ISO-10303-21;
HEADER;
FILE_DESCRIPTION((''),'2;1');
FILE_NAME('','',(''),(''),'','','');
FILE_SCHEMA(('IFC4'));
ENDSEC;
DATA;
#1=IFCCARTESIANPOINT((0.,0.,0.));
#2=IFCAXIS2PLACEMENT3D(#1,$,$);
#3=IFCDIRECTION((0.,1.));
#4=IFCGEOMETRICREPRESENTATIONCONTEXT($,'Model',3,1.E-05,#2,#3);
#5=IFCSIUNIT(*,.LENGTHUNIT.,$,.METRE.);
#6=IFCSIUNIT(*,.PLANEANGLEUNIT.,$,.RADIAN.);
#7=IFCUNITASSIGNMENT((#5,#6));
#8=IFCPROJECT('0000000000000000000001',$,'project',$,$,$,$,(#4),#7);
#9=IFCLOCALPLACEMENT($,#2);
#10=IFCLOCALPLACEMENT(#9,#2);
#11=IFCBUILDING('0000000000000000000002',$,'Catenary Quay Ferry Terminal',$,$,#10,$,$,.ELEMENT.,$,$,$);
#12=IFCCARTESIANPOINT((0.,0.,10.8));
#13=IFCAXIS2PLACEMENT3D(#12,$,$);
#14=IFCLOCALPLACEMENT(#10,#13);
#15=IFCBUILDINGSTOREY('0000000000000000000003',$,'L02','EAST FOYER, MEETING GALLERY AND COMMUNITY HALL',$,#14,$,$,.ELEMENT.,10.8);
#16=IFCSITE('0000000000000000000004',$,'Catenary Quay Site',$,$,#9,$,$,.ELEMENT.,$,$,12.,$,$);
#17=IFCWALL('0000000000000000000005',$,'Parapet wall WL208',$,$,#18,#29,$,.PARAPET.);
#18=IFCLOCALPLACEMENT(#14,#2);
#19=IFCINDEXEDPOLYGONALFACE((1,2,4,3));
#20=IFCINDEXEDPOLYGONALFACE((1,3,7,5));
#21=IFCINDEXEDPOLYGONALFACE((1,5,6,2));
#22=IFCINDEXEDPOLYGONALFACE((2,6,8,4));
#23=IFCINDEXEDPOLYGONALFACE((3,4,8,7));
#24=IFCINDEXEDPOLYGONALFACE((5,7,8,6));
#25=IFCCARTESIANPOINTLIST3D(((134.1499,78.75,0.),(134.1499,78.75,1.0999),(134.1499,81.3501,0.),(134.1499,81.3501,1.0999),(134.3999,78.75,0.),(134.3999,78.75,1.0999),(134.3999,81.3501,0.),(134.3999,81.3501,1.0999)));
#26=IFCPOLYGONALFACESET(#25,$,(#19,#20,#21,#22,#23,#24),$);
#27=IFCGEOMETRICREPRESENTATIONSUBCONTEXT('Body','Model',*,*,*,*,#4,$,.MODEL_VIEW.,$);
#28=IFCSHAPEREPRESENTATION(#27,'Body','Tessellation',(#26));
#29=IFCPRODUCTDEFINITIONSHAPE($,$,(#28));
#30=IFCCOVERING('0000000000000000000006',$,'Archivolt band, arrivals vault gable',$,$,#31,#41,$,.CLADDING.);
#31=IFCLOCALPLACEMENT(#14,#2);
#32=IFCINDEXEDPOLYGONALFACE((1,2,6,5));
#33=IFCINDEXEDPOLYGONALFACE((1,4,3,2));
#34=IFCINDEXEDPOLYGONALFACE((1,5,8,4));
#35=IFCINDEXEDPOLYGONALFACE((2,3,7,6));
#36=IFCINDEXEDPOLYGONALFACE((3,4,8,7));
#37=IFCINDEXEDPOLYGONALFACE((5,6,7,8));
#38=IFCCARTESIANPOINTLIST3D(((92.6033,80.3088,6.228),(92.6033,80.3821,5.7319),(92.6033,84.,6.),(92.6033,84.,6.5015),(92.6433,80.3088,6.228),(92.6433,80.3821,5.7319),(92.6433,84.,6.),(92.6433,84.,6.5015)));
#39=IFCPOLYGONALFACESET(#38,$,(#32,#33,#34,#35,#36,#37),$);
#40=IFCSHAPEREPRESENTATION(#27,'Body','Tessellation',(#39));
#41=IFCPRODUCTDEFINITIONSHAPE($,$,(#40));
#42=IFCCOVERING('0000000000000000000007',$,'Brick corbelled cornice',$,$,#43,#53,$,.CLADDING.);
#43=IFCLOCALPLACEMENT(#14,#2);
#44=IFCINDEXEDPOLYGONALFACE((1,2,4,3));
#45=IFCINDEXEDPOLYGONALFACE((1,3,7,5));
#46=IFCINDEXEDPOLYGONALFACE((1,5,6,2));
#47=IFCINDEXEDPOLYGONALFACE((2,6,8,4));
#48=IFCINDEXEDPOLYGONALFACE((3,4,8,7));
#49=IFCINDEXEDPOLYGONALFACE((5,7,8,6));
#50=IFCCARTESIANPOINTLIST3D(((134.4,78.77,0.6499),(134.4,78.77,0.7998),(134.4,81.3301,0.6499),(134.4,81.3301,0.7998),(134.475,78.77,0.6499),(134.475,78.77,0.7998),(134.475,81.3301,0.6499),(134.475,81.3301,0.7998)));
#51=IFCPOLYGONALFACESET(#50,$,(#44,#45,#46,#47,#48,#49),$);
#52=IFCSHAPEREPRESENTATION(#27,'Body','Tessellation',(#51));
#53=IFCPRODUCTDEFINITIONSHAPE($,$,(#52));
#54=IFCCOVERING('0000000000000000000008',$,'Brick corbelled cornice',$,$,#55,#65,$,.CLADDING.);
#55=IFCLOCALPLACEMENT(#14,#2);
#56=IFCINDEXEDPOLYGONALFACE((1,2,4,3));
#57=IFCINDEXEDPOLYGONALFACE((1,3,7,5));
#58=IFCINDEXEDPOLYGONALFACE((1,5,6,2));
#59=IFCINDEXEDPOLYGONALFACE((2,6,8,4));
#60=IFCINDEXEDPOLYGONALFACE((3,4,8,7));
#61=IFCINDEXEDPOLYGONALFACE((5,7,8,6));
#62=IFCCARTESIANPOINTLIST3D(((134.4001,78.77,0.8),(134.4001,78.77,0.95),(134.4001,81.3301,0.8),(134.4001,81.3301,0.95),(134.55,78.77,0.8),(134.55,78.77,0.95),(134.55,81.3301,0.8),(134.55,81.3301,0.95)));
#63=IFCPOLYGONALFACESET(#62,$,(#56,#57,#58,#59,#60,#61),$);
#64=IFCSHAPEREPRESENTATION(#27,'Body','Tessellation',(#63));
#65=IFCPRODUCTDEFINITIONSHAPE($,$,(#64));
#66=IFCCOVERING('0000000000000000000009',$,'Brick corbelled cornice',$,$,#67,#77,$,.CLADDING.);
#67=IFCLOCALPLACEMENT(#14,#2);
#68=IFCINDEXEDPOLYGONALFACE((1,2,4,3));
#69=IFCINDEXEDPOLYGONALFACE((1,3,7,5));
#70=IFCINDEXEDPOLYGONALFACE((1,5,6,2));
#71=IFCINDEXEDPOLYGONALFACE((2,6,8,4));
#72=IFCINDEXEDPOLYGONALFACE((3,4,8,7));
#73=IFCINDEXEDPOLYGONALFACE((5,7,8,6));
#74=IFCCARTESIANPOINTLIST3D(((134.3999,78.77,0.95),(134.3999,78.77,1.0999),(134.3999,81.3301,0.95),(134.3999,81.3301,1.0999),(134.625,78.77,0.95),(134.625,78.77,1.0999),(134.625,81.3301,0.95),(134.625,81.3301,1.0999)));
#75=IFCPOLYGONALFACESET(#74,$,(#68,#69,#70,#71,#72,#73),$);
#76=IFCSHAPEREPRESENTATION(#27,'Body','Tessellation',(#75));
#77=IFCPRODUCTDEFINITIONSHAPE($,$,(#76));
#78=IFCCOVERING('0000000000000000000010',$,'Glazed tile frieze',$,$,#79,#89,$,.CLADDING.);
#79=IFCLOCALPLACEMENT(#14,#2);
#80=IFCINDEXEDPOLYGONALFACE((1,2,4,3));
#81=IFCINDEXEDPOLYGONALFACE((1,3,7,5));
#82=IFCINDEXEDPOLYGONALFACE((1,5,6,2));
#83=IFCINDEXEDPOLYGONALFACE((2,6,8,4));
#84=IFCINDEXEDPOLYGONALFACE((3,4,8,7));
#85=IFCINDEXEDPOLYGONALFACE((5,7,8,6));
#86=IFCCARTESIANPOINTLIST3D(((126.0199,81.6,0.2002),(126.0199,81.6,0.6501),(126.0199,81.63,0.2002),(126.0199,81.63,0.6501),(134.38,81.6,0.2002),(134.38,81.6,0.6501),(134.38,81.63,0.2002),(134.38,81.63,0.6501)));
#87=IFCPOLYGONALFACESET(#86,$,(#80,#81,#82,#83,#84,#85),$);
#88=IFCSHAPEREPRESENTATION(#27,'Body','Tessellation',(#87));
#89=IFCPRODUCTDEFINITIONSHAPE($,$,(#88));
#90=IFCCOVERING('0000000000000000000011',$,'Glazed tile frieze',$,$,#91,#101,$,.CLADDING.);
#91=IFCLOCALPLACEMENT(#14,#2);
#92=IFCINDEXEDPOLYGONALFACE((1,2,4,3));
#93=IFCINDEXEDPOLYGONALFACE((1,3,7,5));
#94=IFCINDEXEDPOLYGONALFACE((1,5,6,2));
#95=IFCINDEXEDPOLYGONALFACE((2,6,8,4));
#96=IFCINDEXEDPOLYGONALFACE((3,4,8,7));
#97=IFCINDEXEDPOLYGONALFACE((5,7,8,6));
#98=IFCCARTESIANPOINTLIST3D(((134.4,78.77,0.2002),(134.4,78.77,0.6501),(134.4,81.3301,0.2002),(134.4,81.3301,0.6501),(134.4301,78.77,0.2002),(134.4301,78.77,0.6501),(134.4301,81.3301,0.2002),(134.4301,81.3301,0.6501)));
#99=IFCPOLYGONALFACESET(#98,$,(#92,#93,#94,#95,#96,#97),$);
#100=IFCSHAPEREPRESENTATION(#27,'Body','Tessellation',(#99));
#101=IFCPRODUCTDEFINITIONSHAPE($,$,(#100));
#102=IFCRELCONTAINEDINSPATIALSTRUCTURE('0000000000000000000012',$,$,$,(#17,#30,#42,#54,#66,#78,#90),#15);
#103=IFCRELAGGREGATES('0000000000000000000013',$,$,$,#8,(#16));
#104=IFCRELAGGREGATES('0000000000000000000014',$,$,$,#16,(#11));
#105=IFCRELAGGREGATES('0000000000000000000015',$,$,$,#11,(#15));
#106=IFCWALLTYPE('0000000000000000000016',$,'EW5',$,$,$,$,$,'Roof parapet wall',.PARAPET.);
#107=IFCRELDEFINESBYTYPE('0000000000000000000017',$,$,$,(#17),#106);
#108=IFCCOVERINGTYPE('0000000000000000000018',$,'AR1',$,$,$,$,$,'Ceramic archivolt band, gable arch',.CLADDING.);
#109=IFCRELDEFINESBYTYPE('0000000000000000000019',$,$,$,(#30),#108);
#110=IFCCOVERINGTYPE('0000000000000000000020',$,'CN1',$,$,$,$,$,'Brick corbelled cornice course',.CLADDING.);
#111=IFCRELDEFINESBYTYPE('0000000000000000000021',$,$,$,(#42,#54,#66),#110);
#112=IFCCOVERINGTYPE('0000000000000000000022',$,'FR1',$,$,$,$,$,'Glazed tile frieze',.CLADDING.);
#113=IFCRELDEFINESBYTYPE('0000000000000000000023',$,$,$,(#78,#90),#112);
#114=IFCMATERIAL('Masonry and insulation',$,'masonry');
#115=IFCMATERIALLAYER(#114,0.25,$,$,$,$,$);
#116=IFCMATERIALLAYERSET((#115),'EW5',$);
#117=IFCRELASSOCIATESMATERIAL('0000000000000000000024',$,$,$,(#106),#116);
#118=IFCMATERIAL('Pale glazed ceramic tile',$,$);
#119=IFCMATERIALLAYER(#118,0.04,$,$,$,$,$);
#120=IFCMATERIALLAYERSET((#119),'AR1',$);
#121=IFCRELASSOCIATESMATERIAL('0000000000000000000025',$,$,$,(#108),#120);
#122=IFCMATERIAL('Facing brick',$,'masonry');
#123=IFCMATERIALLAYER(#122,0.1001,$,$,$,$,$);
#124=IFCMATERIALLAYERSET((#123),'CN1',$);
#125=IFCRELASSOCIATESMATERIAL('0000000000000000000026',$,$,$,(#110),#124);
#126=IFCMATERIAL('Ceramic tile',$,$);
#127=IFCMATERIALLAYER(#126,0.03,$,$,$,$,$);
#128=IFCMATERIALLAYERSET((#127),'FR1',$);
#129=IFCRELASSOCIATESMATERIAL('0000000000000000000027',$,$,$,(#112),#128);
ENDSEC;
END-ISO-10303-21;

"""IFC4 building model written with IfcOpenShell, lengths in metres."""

from ifc_helpers import new_model, si_unit, direction, frame, frame_2d, origin, origin_2d, place, context, subcontext, project, spatial, polyline, rectangle, outline, extrude, material, layer, layer_set, type_object, element, save


model = new_model("IFC4")

# Units and contexts
model_context = context("Model", 3, precision=1e-05, world=origin(), true_north=direction((0.0, 1.0)))
body_context = subcontext(model_context, "Body", "Model", "MODEL_VIEW")
ifc_project = project(units=[si_unit("LENGTHUNIT", "METRE"), si_unit("PLANEANGLEUNIT", "RADIAN")], contexts=[model_context])

# Site, building, storey
site_placement = place(None, origin())
site = spatial("IfcSite", under=ifc_project, at=site_placement, Name="Catenary Quay Site", CompositionType="ELEMENT", RefElevation=12.0)
building_placement = place(site_placement, origin())
building = spatial("IfcBuilding", under=site, at=building_placement, Name="Catenary Quay Ferry Terminal", CompositionType="ELEMENT")
storey_placement = place(building_placement, frame((0.0, 0.0, 10.8)))
storey = spatial("IfcBuildingStorey", under=building, at=storey_placement, Name="L02", Description="EAST FOYER, MEETING GALLERY AND COMMUNITY HALL", CompositionType="ELEMENT", Elevation=10.8)

# Wall
ifc_material_1 = material(Name="Masonry and insulation", Category="masonry")
ifc_layer_1 = layer(ifc_material_1, 0.25)
ifc_layer_set_1 = layer_set([ifc_layer_1], Name="EW5")
wall_type = type_object("IfcWallType", Name="EW5", ElementType="Roof parapet wall", PredefinedType="PARAPET", material=ifc_layer_set_1)
wall_1_placement = place(storey_placement, frame((134.2749, 78.75, 0.0), z_axis=(0.0, 0.0, 1.0), x_axis=(0.0, 1.0, 0.0)))
element("IfcWall", 1, at=wall_1_placement, inside=storey, type_object=wall_type, Name="Parapet wall WL208", PredefinedType="PARAPET", context=body_context, shape_type="SweptSolid", body=[
    extrude(rectangle(XDim=2.6001, YDim=0.25, at=frame_2d((1.3, 0.0))), origin(), (0.0, 0.0, 1.0), 1.0999),
])

# Coverings
ifc_material_2 = material(Name="Pale glazed ceramic tile")
ifc_layer_2 = layer(ifc_material_2, 0.04)
ifc_layer_set_2 = layer_set([ifc_layer_2], Name="AR1")
covering_type_1 = type_object("IfcCoveringType", Name="AR1", ElementType="Ceramic archivolt band, gable arch", PredefinedType="CLADDING", material=ifc_layer_set_2)
covering_1_placement = place(storey_placement, frame((92.6033, 80.3088, 6.228), z_axis=(-1.0, 0.0, 0.0), x_axis=(0.0, 0.997267, 0.073877)))
element("IfcCovering", 2, at=covering_1_placement, inside=storey, type_object=covering_type_1, Name="Archivolt band, arrivals vault gable", PredefinedType="CLADDING", context=body_context, shape_type="SweptSolid", body=[
    extrude(outline(polyline([(0.0, 0.0), (3.7013, 0.0), (3.6642, 0.5001), (0.0364, 0.5001), (0.0, 0.0)])), origin(), (0.0, 0.0, -1.0), 0.04),
])
ifc_material_3 = material(Name="Facing brick", Category="masonry")
ifc_layer_3 = layer(ifc_material_3, 0.1001)
ifc_layer_set_3 = layer_set([ifc_layer_3], Name="CN1")
covering_type_2 = type_object("IfcCoveringType", Name="CN1", ElementType="Brick corbelled cornice course", PredefinedType="CLADDING", material=ifc_layer_set_3)
covering_2_placement = place(storey_placement, frame((134.4375, 80.05, 0.6499), z_axis=(0.0, 0.0, 1.0), x_axis=(1.0, 0.0, 0.0)))
element("IfcCovering", 3, at=covering_2_placement, inside=storey, type_object=covering_type_2, Name="Brick corbelled cornice", PredefinedType="CLADDING", context=body_context, shape_type="SweptSolid", body=[
    extrude(rectangle(XDim=0.075, YDim=2.5601, at=origin_2d()), origin(), (0.0, 0.0, 1.0), 0.1499),
])
covering_3_placement = place(storey_placement, frame((134.4751, 80.05, 0.8), z_axis=(0.0, 0.0, 1.0), x_axis=(1.0, 0.0, 0.0)))
element("IfcCovering", 4, at=covering_3_placement, inside=storey, type_object=covering_type_2, Name="Brick corbelled cornice", PredefinedType="CLADDING", context=body_context, shape_type="SweptSolid", body=[
    extrude(rectangle(XDim=0.1499, YDim=2.5601, at=origin_2d()), origin(), (0.0, 0.0, 1.0), 0.1499),
])
covering_4_placement = place(storey_placement, frame((134.5125, 80.05, 0.95), z_axis=(0.0, 0.0, 1.0), x_axis=(1.0, 0.0, 0.0)))
element("IfcCovering", 5, at=covering_4_placement, inside=storey, type_object=covering_type_2, Name="Brick corbelled cornice", PredefinedType="CLADDING", context=body_context, shape_type="SweptSolid", body=[
    extrude(rectangle(XDim=0.2251, YDim=2.5601, at=origin_2d()), origin(), (0.0, 0.0, 1.0), 0.1499),
])
ifc_material_4 = material(Name="Ceramic tile")
ifc_layer_4 = layer(ifc_material_4, 0.03)
ifc_layer_set_4 = layer_set([ifc_layer_4], Name="FR1")
covering_type_3 = type_object("IfcCoveringType", Name="FR1", ElementType="Glazed tile frieze", PredefinedType="CLADDING", material=ifc_layer_set_4)
covering_5_placement = place(storey_placement, frame((130.2, 81.615, 0.2002), z_axis=(0.0, 0.0, 1.0), x_axis=(1.0, 0.0, 0.0)))
element("IfcCovering", 6, at=covering_5_placement, inside=storey, type_object=covering_type_3, Name="Glazed tile frieze", PredefinedType="CLADDING", context=body_context, shape_type="SweptSolid", body=[
    extrude(rectangle(XDim=8.3601, YDim=0.03, at=origin_2d()), origin(), (0.0, 0.0, 1.0), 0.45),
])
covering_6_placement = place(storey_placement, frame((134.415, 80.05, 0.2002), z_axis=(0.0, 0.0, 1.0), x_axis=(1.0, 0.0, 0.0)))
element("IfcCovering", 7, at=covering_6_placement, inside=storey, type_object=covering_type_3, Name="Glazed tile frieze", PredefinedType="CLADDING", context=body_context, shape_type="SweptSolid", body=[
    extrude(rectangle(XDim=0.03, YDim=2.5601, at=origin_2d()), origin(), (0.0, 0.0, 1.0), 0.45),
])

save(model, "model.ifc")
